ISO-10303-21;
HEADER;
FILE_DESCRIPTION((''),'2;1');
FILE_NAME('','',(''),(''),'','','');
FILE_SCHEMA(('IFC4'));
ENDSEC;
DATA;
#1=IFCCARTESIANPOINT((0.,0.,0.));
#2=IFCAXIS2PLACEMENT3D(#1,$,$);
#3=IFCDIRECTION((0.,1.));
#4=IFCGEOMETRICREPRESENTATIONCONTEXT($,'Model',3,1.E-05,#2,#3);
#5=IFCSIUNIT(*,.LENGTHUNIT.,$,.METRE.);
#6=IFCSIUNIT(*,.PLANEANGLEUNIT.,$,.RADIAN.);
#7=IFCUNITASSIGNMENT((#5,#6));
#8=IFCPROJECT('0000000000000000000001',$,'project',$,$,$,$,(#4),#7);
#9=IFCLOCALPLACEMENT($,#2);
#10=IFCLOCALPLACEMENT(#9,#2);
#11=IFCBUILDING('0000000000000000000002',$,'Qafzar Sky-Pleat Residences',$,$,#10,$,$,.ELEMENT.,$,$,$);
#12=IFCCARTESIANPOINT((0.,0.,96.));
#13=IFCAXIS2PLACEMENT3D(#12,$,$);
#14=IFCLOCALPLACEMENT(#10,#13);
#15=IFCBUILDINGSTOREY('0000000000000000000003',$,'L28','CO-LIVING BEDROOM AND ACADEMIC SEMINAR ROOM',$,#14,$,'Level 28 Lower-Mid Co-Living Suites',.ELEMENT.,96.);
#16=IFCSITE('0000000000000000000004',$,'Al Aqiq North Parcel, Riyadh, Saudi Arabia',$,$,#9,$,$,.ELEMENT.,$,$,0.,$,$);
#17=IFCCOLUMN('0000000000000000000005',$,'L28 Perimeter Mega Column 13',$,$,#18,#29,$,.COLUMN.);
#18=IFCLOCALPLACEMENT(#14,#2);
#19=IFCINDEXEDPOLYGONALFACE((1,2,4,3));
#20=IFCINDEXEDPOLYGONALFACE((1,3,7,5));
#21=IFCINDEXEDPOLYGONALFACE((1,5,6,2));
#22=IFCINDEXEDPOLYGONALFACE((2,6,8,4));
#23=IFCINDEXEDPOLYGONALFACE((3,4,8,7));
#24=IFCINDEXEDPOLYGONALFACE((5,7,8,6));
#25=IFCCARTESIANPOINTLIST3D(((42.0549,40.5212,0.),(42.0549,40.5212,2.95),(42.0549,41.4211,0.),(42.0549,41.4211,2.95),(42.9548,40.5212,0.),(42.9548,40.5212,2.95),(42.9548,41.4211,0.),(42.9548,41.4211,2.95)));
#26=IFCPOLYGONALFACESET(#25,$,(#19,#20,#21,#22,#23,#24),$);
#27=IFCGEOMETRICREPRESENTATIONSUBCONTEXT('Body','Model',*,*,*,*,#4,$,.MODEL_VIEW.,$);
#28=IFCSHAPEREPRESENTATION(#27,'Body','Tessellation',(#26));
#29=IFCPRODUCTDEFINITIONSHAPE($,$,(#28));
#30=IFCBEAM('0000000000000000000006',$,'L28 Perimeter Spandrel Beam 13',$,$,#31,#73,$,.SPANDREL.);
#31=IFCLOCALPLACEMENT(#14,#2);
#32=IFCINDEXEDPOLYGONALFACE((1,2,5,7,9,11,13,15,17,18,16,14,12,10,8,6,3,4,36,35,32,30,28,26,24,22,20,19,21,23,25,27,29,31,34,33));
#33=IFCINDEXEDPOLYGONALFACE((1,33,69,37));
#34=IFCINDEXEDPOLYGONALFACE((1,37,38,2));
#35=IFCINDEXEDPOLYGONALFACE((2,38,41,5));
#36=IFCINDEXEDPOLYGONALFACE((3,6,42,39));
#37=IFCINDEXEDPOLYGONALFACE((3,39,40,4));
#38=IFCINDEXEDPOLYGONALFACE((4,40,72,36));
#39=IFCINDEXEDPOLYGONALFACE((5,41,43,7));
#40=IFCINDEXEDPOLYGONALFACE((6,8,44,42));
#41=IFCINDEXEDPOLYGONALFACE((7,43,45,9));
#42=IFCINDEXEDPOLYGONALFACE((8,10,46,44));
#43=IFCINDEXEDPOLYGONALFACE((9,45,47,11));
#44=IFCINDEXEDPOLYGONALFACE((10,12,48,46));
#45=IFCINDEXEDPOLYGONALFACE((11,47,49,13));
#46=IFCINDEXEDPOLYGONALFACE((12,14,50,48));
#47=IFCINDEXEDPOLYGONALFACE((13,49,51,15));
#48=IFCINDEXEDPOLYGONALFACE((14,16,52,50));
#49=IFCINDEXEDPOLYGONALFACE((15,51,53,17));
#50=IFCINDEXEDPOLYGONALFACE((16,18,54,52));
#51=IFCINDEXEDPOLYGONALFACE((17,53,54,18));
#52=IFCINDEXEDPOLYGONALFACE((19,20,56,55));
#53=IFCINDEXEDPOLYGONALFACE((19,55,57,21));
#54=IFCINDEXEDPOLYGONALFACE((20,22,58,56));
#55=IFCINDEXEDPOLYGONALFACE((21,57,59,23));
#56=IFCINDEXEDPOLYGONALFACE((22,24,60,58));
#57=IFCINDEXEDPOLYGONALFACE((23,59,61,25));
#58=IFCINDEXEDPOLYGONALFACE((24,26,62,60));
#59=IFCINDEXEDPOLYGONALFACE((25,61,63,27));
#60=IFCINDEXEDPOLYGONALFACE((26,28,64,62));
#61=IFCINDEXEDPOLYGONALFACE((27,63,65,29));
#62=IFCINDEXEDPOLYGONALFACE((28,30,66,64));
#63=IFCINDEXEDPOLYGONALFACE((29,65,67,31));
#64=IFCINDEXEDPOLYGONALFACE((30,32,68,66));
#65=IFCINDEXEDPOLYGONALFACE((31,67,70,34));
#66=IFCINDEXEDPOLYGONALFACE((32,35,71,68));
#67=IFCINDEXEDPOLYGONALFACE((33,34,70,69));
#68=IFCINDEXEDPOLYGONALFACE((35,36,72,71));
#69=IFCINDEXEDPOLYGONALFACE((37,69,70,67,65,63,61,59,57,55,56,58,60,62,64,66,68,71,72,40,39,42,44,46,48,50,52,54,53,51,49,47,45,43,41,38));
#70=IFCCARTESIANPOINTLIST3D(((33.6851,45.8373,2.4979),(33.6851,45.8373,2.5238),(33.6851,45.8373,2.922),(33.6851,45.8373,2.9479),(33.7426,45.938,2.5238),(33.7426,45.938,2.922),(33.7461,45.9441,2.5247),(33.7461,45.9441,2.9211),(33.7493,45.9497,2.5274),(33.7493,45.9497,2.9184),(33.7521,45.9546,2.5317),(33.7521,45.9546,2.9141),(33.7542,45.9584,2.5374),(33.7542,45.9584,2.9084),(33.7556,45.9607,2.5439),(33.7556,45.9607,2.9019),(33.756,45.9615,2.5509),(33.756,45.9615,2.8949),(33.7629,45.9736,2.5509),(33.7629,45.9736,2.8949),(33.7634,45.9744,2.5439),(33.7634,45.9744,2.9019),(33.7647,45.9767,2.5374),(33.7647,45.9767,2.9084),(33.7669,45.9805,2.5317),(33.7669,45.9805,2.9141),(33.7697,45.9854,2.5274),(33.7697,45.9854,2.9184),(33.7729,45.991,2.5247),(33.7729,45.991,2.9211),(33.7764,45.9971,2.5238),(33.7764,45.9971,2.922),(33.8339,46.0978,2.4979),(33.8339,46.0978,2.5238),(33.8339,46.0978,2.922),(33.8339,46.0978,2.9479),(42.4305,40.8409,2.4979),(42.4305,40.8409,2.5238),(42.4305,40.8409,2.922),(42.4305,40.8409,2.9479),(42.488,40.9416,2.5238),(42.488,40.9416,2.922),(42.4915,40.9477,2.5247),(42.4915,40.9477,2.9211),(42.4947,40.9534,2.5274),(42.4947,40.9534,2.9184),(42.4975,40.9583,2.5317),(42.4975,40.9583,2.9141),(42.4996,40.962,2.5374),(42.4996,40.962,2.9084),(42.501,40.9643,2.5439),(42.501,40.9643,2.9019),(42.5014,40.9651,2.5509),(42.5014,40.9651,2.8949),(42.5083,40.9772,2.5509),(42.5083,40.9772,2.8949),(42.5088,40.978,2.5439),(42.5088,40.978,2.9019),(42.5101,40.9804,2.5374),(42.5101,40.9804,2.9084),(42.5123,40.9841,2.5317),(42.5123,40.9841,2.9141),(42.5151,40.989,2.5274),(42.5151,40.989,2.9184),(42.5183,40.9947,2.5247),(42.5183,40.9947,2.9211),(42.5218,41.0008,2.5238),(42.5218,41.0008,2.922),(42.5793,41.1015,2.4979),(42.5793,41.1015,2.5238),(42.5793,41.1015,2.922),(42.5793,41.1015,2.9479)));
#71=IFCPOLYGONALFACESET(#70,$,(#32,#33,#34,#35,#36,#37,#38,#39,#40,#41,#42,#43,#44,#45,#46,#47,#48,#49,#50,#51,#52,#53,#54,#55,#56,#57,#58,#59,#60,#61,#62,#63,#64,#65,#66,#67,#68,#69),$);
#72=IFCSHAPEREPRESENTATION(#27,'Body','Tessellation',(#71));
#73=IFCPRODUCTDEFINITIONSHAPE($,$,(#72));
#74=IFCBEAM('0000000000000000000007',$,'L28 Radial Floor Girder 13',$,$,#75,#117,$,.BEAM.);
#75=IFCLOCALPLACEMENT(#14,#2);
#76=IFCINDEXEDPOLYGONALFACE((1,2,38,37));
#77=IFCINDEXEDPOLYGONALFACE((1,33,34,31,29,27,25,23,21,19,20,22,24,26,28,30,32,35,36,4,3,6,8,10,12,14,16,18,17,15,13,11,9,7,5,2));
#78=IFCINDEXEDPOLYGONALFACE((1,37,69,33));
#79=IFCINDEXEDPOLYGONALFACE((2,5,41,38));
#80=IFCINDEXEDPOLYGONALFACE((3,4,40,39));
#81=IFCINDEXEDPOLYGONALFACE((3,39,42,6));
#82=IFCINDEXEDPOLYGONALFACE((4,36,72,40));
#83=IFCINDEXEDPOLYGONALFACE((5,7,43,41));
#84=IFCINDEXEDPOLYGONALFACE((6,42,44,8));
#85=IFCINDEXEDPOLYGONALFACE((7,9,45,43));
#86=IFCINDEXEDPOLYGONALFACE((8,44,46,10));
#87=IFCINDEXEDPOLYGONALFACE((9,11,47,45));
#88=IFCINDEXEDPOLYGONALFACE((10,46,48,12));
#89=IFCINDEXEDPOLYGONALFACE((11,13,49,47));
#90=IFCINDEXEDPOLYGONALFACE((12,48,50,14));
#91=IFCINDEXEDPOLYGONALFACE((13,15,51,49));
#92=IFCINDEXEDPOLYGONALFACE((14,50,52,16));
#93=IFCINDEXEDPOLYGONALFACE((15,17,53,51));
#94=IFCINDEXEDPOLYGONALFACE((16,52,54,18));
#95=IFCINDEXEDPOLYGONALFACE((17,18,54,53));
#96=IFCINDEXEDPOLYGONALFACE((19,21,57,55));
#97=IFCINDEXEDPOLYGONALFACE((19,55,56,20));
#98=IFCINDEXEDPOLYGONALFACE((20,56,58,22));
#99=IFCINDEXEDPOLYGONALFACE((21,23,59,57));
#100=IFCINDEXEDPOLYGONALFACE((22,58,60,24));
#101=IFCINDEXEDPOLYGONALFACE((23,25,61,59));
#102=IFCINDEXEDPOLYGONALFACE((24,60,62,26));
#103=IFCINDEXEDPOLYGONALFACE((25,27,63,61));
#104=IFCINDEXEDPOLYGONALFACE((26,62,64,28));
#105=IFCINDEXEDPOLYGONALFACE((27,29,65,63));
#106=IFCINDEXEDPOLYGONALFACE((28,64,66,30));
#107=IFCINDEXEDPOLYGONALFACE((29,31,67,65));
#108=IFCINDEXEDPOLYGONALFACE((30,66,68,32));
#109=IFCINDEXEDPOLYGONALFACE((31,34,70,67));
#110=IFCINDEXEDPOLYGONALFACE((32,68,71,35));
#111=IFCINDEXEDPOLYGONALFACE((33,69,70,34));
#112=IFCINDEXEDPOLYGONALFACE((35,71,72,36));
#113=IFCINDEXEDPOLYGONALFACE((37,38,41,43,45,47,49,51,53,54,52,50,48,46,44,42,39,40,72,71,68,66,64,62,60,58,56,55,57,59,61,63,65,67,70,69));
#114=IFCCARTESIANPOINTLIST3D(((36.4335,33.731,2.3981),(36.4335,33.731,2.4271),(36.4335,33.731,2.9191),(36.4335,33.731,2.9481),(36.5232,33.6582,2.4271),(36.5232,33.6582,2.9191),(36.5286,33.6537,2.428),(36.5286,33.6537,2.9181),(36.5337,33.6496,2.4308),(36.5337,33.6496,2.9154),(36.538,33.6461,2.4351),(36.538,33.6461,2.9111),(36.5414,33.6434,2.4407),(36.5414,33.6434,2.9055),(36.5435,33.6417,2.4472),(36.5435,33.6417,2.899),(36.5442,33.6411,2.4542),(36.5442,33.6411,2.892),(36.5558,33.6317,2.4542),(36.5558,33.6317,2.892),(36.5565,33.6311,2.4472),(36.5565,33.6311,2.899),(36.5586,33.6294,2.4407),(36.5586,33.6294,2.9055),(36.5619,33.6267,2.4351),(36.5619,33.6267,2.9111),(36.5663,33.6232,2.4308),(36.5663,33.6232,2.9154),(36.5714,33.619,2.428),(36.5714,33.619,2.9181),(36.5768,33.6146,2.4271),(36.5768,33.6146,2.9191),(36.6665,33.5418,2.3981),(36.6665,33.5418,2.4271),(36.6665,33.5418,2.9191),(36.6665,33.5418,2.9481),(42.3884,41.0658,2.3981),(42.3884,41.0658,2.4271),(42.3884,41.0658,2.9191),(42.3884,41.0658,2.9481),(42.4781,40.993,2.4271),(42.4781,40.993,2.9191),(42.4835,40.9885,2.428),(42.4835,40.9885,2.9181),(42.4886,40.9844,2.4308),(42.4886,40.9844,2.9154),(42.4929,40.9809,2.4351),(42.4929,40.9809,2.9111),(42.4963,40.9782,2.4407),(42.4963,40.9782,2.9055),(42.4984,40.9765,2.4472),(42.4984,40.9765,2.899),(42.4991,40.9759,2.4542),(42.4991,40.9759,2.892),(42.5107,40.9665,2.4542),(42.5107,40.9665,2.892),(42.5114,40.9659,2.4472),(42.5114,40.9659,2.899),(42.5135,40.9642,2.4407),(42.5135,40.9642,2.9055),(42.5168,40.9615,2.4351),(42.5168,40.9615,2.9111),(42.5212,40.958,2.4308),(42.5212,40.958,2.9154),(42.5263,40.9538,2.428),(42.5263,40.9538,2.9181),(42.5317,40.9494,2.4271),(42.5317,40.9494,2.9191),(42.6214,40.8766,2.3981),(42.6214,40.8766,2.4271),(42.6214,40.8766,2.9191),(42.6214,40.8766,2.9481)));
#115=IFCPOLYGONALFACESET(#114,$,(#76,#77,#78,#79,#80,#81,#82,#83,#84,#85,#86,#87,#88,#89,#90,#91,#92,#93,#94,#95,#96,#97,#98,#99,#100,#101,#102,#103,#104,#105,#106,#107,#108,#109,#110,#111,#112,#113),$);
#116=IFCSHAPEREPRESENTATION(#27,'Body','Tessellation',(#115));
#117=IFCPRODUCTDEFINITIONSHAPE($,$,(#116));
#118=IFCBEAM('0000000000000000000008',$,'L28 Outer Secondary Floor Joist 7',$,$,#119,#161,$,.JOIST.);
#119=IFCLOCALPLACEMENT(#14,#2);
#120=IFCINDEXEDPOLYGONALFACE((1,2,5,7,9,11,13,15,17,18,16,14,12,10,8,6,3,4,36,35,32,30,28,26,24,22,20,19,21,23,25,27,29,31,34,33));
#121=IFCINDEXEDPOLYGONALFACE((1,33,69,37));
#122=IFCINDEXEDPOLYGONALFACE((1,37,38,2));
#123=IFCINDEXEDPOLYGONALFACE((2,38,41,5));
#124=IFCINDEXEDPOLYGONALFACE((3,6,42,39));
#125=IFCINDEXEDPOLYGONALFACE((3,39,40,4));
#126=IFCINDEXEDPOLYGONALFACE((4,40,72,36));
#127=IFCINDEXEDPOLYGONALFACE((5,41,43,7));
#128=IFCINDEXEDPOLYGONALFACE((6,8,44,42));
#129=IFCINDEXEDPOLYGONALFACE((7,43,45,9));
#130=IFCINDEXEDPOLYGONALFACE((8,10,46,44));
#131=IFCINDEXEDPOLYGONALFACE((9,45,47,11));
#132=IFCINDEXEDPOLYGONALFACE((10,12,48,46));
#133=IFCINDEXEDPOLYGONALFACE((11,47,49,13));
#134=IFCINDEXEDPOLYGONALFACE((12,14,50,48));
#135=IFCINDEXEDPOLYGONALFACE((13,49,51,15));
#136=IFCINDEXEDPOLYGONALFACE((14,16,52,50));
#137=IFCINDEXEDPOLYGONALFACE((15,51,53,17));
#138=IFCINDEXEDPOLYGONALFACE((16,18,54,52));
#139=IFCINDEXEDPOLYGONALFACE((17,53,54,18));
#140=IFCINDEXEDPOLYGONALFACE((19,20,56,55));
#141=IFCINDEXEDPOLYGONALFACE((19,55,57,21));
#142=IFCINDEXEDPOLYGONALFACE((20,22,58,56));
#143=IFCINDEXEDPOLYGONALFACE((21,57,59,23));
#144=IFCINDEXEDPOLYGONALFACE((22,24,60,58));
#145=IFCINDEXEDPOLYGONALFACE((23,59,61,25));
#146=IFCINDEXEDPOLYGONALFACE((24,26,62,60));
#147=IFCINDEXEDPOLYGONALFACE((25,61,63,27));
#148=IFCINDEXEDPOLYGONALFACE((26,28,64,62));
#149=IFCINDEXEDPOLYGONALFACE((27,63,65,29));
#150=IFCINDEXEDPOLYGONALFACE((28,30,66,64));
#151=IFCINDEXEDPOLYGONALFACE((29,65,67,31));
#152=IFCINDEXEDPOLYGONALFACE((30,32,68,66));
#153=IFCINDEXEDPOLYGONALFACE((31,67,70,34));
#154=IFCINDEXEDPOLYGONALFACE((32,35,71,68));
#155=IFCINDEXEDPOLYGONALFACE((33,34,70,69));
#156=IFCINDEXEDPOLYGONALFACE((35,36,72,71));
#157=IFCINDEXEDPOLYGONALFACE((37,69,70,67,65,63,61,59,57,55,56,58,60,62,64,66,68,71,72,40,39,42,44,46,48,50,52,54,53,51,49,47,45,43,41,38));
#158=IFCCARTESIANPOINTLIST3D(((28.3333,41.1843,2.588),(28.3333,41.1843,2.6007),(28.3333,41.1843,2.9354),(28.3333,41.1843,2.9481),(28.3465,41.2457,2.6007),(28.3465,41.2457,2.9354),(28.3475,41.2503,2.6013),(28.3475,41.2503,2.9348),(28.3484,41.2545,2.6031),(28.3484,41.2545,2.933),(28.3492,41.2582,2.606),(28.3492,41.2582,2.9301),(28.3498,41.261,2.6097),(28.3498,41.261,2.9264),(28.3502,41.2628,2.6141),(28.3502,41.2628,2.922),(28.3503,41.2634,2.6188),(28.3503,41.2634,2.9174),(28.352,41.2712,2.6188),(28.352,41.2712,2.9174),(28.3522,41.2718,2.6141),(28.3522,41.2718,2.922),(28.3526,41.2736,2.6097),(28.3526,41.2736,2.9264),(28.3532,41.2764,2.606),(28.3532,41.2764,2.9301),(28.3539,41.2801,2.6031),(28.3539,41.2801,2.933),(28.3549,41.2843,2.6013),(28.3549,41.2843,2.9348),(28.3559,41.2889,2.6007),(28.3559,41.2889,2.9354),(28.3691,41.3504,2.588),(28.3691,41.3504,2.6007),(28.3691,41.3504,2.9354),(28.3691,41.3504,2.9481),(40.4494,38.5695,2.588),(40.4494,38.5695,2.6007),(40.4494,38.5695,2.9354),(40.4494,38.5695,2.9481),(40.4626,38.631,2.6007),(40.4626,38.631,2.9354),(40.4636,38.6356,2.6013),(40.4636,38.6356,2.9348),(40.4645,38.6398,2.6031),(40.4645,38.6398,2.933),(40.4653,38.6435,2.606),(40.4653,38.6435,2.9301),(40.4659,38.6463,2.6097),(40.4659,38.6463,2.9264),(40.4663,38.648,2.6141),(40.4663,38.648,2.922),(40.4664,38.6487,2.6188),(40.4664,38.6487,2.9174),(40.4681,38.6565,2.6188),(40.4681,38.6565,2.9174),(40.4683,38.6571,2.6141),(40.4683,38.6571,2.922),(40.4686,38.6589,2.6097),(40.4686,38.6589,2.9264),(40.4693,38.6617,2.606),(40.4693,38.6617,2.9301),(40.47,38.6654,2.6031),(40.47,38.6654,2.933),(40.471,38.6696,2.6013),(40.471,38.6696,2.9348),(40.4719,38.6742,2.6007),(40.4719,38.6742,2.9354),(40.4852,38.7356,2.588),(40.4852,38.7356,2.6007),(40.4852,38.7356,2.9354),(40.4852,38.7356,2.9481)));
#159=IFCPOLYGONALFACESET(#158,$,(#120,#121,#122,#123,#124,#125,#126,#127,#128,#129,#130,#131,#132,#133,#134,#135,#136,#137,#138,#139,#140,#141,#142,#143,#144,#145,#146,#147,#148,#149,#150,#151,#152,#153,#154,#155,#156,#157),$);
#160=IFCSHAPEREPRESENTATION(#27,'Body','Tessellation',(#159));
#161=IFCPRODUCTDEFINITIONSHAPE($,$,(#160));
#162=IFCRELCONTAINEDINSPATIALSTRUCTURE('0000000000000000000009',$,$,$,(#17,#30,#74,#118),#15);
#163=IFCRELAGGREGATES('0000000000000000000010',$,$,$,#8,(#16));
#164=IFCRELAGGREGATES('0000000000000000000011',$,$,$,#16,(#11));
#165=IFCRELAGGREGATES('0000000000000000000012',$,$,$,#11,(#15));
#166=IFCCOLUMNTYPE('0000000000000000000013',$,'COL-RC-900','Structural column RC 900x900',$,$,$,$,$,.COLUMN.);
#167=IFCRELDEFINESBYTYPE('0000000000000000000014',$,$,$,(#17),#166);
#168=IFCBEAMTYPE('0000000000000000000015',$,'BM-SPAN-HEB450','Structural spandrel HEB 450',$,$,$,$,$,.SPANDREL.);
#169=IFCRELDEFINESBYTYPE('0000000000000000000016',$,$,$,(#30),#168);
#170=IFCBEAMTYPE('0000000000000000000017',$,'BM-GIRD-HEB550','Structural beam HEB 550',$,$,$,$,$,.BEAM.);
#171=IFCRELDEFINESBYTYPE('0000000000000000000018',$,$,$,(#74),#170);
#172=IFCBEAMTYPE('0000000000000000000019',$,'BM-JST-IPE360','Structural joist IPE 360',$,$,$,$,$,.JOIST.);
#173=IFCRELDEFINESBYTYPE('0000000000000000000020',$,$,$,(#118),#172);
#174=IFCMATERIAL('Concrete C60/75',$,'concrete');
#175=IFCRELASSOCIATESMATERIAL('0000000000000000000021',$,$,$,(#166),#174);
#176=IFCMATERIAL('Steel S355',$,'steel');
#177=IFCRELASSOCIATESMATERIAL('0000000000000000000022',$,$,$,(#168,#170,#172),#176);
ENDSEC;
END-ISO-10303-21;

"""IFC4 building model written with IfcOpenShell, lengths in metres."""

from ifc_helpers import new_model, si_unit, direction, frame, origin, origin_2d, place, context, subcontext, project, spatial, rectangle, i_section, extrude, source, transform, mapped, material, material_profile, profile_set, type_object, element, save


model = new_model("IFC4")

# Units and contexts
model_context = context("Model", 3, precision=1e-05, world=origin(), true_north=direction((0.0, 1.0)))
body_context = subcontext(model_context, "Body", "Model", "MODEL_VIEW")
ifc_project = project(units=[si_unit("LENGTHUNIT", "METRE"), si_unit("PLANEANGLEUNIT", "RADIAN")], contexts=[model_context])

# Site, building, storey
site_placement = place(None, origin())
site = spatial("IfcSite", under=ifc_project, at=site_placement, Name="Al Aqiq North Parcel, Riyadh, Saudi Arabia", CompositionType="ELEMENT", RefElevation=0.0)
building_placement = place(site_placement, origin())
building = spatial("IfcBuilding", under=site, at=building_placement, Name="Qafzar Sky-Pleat Residences", CompositionType="ELEMENT")
storey_placement = place(building_placement, frame((0.0, 0.0, 96.0)))
storey = spatial("IfcBuildingStorey", under=building, at=storey_placement, Name="L28", Description="CO-LIVING BEDROOM AND ACADEMIC SEMINAR ROOM", LongName="Level 28 Lower-Mid Co-Living Suites", CompositionType="ELEMENT", Elevation=96.0)

# Column
ifc_material_1 = material(Name="Concrete C60/75", Category="concrete")
ifc_material_profile_1 = material_profile(ifc_material_1, rectangle(XDim=0.8999, YDim=0.8999, at=origin_2d()), Name="RC 900x900")
ifc_profile_set_1 = profile_set([ifc_material_profile_1], Name="Concrete C60/75")
column_type = type_object("IfcColumnType", Name="COL-RC-900", Description="Structural column RC 900x900", PredefinedType="COLUMN", material=ifc_profile_set_1)
shared_shape_1 = source(origin(), body_context, "Body", "SweptSolid", [
    extrude(rectangle(XDim=0.8999, YDim=0.8999, at=origin_2d()), origin(), (0.0, 0.0, 1.0), 2.95),
])
column_placement = place(storey_placement, frame((42.5049, 40.9712, 0.0), z_axis=(0.0, 0.0, 1.0), x_axis=(1.0, 0.0, 0.0)))
element("IfcColumn", 1, at=column_placement, inside=storey, type_object=column_type, Name="L28 Perimeter Mega Column 13", PredefinedType="COLUMN", context=body_context, shape_type="MappedRepresentation", body=[
    mapped(shared_shape_1, transform((0.0, 0.0, 0.0), x_axis=(1.0, 0.0, 0.0), y_axis=(0.0, 1.0, 0.0), z_axis=(0.0, 0.0, 1.0), scale=1.0)),
])

# Beams
ifc_material_2 = material(Name="Steel S355", Category="steel")
ifc_material_profile_2 = material_profile(ifc_material_2, i_section(OverallWidth=0.3, OverallDepth=0.45, WebThickness=0.0139, FlangeThickness=0.0259, FilletRadius=0.0271, at=origin_2d()), Name="HEB 450")
ifc_profile_set_2 = profile_set([ifc_material_profile_2], Name="Steel S355")
beam_type_1 = type_object("IfcBeamType", Name="BM-SPAN-HEB450", Description="Structural spandrel HEB 450", PredefinedType="SPANDREL", material=ifc_profile_set_2)
shared_shape_2 = source(origin(), body_context, "Body", "SweptSolid", [
    extrude(i_section(OverallWidth=0.3, OverallDepth=0.45, WebThickness=0.0139, FlangeThickness=0.0259, FilletRadius=0.0271, at=origin_2d()), origin(), (0.0, 0.0, 1.0), 10.072),
])
beam_1_placement = place(storey_placement, frame((42.5049, 40.9712, 2.7229), z_axis=(-0.868286, 0.496063, 0.0), x_axis=(-0.496063, -0.868286, 0.0)))
element("IfcBeam", 2, at=beam_1_placement, inside=storey, type_object=beam_type_1, Name="L28 Perimeter Spandrel Beam 13", PredefinedType="SPANDREL", context=body_context, shape_type="MappedRepresentation", body=[
    mapped(shared_shape_2, transform((0.0, 0.0, 0.0), x_axis=(1.0, 0.0, 0.0), y_axis=(0.0, 1.0, 0.0), z_axis=(0.0, 0.0, 1.0), scale=1.0)),
])
ifc_material_profile_3 = material_profile(ifc_material_2, i_section(OverallWidth=0.3, OverallDepth=0.55, WebThickness=0.0149, FlangeThickness=0.0291, FilletRadius=0.0271, at=origin_2d()), Name="HEB 550")
ifc_profile_set_3 = profile_set([ifc_material_profile_3], Name="Steel S355")
beam_type_2 = type_object("IfcBeamType", Name="BM-GIRD-HEB550", Description="Structural beam HEB 550", PredefinedType="BEAM", material=ifc_profile_set_3)
shared_shape_3 = source(origin(), body_context, "Body", "SweptSolid", [
    extrude(i_section(OverallWidth=0.3, OverallDepth=0.55, WebThickness=0.0149, FlangeThickness=0.0291, FilletRadius=0.0271, at=origin_2d()), origin(), (0.0, 0.0, 1.0), 9.4478),
])
beam_2_placement = place(storey_placement, frame((42.5049, 40.9712, 2.6731), z_axis=(-0.630298, -0.776353, 0.0), x_axis=(0.776353, -0.630298, 0.0)))
element("IfcBeam", 3, at=beam_2_placement, inside=storey, type_object=beam_type_2, Name="L28 Radial Floor Girder 13", PredefinedType="BEAM", context=body_context, shape_type="MappedRepresentation", body=[
    mapped(shared_shape_3, transform((0.0, 0.0, 0.0), x_axis=(1.0, 0.0, 0.0), y_axis=(0.0, 1.0, 0.0), z_axis=(0.0, 0.0, 1.0), scale=1.0)),
])
ifc_material_profile_4 = material_profile(ifc_material_2, i_section(OverallWidth=0.1699, OverallDepth=0.3601, WebThickness=0.0081, FlangeThickness=0.0127, FilletRadius=0.0181, at=origin_2d()), Name="IPE 360")
ifc_profile_set_4 = profile_set([ifc_material_profile_4], Name="Steel S355")
beam_type_3 = type_object("IfcBeamType", Name="BM-JST-IPE360", Description="Structural joist IPE 360", PredefinedType="JOIST", material=ifc_profile_set_4)
shared_shape_4 = source(origin(), body_context, "Body", "SweptSolid", [
    extrude(i_section(OverallWidth=0.1699, OverallDepth=0.3601, WebThickness=0.0081, FlangeThickness=0.0127, FilletRadius=0.0181, at=origin_2d()), origin(), (0.0, 0.0, 1.0), 12.395),
])
beam_3_placement = place(storey_placement, frame((40.4673, 38.6526, 2.7681), z_axis=(-0.977497, 0.210949, 0.0), x_axis=(-0.210949, -0.977497, 0.0)))
element("IfcBeam", 4, at=beam_3_placement, inside=storey, type_object=beam_type_3, Name="L28 Outer Secondary Floor Joist 7", PredefinedType="JOIST", context=body_context, shape_type="MappedRepresentation", body=[
    mapped(shared_shape_4, transform((0.0, 0.0, 0.0), x_axis=(1.0, 0.0, 0.0), y_axis=(0.0, 1.0, 0.0), z_axis=(0.0, 0.0, 1.0), scale=1.0)),
])

save(model, "model.ifc")
